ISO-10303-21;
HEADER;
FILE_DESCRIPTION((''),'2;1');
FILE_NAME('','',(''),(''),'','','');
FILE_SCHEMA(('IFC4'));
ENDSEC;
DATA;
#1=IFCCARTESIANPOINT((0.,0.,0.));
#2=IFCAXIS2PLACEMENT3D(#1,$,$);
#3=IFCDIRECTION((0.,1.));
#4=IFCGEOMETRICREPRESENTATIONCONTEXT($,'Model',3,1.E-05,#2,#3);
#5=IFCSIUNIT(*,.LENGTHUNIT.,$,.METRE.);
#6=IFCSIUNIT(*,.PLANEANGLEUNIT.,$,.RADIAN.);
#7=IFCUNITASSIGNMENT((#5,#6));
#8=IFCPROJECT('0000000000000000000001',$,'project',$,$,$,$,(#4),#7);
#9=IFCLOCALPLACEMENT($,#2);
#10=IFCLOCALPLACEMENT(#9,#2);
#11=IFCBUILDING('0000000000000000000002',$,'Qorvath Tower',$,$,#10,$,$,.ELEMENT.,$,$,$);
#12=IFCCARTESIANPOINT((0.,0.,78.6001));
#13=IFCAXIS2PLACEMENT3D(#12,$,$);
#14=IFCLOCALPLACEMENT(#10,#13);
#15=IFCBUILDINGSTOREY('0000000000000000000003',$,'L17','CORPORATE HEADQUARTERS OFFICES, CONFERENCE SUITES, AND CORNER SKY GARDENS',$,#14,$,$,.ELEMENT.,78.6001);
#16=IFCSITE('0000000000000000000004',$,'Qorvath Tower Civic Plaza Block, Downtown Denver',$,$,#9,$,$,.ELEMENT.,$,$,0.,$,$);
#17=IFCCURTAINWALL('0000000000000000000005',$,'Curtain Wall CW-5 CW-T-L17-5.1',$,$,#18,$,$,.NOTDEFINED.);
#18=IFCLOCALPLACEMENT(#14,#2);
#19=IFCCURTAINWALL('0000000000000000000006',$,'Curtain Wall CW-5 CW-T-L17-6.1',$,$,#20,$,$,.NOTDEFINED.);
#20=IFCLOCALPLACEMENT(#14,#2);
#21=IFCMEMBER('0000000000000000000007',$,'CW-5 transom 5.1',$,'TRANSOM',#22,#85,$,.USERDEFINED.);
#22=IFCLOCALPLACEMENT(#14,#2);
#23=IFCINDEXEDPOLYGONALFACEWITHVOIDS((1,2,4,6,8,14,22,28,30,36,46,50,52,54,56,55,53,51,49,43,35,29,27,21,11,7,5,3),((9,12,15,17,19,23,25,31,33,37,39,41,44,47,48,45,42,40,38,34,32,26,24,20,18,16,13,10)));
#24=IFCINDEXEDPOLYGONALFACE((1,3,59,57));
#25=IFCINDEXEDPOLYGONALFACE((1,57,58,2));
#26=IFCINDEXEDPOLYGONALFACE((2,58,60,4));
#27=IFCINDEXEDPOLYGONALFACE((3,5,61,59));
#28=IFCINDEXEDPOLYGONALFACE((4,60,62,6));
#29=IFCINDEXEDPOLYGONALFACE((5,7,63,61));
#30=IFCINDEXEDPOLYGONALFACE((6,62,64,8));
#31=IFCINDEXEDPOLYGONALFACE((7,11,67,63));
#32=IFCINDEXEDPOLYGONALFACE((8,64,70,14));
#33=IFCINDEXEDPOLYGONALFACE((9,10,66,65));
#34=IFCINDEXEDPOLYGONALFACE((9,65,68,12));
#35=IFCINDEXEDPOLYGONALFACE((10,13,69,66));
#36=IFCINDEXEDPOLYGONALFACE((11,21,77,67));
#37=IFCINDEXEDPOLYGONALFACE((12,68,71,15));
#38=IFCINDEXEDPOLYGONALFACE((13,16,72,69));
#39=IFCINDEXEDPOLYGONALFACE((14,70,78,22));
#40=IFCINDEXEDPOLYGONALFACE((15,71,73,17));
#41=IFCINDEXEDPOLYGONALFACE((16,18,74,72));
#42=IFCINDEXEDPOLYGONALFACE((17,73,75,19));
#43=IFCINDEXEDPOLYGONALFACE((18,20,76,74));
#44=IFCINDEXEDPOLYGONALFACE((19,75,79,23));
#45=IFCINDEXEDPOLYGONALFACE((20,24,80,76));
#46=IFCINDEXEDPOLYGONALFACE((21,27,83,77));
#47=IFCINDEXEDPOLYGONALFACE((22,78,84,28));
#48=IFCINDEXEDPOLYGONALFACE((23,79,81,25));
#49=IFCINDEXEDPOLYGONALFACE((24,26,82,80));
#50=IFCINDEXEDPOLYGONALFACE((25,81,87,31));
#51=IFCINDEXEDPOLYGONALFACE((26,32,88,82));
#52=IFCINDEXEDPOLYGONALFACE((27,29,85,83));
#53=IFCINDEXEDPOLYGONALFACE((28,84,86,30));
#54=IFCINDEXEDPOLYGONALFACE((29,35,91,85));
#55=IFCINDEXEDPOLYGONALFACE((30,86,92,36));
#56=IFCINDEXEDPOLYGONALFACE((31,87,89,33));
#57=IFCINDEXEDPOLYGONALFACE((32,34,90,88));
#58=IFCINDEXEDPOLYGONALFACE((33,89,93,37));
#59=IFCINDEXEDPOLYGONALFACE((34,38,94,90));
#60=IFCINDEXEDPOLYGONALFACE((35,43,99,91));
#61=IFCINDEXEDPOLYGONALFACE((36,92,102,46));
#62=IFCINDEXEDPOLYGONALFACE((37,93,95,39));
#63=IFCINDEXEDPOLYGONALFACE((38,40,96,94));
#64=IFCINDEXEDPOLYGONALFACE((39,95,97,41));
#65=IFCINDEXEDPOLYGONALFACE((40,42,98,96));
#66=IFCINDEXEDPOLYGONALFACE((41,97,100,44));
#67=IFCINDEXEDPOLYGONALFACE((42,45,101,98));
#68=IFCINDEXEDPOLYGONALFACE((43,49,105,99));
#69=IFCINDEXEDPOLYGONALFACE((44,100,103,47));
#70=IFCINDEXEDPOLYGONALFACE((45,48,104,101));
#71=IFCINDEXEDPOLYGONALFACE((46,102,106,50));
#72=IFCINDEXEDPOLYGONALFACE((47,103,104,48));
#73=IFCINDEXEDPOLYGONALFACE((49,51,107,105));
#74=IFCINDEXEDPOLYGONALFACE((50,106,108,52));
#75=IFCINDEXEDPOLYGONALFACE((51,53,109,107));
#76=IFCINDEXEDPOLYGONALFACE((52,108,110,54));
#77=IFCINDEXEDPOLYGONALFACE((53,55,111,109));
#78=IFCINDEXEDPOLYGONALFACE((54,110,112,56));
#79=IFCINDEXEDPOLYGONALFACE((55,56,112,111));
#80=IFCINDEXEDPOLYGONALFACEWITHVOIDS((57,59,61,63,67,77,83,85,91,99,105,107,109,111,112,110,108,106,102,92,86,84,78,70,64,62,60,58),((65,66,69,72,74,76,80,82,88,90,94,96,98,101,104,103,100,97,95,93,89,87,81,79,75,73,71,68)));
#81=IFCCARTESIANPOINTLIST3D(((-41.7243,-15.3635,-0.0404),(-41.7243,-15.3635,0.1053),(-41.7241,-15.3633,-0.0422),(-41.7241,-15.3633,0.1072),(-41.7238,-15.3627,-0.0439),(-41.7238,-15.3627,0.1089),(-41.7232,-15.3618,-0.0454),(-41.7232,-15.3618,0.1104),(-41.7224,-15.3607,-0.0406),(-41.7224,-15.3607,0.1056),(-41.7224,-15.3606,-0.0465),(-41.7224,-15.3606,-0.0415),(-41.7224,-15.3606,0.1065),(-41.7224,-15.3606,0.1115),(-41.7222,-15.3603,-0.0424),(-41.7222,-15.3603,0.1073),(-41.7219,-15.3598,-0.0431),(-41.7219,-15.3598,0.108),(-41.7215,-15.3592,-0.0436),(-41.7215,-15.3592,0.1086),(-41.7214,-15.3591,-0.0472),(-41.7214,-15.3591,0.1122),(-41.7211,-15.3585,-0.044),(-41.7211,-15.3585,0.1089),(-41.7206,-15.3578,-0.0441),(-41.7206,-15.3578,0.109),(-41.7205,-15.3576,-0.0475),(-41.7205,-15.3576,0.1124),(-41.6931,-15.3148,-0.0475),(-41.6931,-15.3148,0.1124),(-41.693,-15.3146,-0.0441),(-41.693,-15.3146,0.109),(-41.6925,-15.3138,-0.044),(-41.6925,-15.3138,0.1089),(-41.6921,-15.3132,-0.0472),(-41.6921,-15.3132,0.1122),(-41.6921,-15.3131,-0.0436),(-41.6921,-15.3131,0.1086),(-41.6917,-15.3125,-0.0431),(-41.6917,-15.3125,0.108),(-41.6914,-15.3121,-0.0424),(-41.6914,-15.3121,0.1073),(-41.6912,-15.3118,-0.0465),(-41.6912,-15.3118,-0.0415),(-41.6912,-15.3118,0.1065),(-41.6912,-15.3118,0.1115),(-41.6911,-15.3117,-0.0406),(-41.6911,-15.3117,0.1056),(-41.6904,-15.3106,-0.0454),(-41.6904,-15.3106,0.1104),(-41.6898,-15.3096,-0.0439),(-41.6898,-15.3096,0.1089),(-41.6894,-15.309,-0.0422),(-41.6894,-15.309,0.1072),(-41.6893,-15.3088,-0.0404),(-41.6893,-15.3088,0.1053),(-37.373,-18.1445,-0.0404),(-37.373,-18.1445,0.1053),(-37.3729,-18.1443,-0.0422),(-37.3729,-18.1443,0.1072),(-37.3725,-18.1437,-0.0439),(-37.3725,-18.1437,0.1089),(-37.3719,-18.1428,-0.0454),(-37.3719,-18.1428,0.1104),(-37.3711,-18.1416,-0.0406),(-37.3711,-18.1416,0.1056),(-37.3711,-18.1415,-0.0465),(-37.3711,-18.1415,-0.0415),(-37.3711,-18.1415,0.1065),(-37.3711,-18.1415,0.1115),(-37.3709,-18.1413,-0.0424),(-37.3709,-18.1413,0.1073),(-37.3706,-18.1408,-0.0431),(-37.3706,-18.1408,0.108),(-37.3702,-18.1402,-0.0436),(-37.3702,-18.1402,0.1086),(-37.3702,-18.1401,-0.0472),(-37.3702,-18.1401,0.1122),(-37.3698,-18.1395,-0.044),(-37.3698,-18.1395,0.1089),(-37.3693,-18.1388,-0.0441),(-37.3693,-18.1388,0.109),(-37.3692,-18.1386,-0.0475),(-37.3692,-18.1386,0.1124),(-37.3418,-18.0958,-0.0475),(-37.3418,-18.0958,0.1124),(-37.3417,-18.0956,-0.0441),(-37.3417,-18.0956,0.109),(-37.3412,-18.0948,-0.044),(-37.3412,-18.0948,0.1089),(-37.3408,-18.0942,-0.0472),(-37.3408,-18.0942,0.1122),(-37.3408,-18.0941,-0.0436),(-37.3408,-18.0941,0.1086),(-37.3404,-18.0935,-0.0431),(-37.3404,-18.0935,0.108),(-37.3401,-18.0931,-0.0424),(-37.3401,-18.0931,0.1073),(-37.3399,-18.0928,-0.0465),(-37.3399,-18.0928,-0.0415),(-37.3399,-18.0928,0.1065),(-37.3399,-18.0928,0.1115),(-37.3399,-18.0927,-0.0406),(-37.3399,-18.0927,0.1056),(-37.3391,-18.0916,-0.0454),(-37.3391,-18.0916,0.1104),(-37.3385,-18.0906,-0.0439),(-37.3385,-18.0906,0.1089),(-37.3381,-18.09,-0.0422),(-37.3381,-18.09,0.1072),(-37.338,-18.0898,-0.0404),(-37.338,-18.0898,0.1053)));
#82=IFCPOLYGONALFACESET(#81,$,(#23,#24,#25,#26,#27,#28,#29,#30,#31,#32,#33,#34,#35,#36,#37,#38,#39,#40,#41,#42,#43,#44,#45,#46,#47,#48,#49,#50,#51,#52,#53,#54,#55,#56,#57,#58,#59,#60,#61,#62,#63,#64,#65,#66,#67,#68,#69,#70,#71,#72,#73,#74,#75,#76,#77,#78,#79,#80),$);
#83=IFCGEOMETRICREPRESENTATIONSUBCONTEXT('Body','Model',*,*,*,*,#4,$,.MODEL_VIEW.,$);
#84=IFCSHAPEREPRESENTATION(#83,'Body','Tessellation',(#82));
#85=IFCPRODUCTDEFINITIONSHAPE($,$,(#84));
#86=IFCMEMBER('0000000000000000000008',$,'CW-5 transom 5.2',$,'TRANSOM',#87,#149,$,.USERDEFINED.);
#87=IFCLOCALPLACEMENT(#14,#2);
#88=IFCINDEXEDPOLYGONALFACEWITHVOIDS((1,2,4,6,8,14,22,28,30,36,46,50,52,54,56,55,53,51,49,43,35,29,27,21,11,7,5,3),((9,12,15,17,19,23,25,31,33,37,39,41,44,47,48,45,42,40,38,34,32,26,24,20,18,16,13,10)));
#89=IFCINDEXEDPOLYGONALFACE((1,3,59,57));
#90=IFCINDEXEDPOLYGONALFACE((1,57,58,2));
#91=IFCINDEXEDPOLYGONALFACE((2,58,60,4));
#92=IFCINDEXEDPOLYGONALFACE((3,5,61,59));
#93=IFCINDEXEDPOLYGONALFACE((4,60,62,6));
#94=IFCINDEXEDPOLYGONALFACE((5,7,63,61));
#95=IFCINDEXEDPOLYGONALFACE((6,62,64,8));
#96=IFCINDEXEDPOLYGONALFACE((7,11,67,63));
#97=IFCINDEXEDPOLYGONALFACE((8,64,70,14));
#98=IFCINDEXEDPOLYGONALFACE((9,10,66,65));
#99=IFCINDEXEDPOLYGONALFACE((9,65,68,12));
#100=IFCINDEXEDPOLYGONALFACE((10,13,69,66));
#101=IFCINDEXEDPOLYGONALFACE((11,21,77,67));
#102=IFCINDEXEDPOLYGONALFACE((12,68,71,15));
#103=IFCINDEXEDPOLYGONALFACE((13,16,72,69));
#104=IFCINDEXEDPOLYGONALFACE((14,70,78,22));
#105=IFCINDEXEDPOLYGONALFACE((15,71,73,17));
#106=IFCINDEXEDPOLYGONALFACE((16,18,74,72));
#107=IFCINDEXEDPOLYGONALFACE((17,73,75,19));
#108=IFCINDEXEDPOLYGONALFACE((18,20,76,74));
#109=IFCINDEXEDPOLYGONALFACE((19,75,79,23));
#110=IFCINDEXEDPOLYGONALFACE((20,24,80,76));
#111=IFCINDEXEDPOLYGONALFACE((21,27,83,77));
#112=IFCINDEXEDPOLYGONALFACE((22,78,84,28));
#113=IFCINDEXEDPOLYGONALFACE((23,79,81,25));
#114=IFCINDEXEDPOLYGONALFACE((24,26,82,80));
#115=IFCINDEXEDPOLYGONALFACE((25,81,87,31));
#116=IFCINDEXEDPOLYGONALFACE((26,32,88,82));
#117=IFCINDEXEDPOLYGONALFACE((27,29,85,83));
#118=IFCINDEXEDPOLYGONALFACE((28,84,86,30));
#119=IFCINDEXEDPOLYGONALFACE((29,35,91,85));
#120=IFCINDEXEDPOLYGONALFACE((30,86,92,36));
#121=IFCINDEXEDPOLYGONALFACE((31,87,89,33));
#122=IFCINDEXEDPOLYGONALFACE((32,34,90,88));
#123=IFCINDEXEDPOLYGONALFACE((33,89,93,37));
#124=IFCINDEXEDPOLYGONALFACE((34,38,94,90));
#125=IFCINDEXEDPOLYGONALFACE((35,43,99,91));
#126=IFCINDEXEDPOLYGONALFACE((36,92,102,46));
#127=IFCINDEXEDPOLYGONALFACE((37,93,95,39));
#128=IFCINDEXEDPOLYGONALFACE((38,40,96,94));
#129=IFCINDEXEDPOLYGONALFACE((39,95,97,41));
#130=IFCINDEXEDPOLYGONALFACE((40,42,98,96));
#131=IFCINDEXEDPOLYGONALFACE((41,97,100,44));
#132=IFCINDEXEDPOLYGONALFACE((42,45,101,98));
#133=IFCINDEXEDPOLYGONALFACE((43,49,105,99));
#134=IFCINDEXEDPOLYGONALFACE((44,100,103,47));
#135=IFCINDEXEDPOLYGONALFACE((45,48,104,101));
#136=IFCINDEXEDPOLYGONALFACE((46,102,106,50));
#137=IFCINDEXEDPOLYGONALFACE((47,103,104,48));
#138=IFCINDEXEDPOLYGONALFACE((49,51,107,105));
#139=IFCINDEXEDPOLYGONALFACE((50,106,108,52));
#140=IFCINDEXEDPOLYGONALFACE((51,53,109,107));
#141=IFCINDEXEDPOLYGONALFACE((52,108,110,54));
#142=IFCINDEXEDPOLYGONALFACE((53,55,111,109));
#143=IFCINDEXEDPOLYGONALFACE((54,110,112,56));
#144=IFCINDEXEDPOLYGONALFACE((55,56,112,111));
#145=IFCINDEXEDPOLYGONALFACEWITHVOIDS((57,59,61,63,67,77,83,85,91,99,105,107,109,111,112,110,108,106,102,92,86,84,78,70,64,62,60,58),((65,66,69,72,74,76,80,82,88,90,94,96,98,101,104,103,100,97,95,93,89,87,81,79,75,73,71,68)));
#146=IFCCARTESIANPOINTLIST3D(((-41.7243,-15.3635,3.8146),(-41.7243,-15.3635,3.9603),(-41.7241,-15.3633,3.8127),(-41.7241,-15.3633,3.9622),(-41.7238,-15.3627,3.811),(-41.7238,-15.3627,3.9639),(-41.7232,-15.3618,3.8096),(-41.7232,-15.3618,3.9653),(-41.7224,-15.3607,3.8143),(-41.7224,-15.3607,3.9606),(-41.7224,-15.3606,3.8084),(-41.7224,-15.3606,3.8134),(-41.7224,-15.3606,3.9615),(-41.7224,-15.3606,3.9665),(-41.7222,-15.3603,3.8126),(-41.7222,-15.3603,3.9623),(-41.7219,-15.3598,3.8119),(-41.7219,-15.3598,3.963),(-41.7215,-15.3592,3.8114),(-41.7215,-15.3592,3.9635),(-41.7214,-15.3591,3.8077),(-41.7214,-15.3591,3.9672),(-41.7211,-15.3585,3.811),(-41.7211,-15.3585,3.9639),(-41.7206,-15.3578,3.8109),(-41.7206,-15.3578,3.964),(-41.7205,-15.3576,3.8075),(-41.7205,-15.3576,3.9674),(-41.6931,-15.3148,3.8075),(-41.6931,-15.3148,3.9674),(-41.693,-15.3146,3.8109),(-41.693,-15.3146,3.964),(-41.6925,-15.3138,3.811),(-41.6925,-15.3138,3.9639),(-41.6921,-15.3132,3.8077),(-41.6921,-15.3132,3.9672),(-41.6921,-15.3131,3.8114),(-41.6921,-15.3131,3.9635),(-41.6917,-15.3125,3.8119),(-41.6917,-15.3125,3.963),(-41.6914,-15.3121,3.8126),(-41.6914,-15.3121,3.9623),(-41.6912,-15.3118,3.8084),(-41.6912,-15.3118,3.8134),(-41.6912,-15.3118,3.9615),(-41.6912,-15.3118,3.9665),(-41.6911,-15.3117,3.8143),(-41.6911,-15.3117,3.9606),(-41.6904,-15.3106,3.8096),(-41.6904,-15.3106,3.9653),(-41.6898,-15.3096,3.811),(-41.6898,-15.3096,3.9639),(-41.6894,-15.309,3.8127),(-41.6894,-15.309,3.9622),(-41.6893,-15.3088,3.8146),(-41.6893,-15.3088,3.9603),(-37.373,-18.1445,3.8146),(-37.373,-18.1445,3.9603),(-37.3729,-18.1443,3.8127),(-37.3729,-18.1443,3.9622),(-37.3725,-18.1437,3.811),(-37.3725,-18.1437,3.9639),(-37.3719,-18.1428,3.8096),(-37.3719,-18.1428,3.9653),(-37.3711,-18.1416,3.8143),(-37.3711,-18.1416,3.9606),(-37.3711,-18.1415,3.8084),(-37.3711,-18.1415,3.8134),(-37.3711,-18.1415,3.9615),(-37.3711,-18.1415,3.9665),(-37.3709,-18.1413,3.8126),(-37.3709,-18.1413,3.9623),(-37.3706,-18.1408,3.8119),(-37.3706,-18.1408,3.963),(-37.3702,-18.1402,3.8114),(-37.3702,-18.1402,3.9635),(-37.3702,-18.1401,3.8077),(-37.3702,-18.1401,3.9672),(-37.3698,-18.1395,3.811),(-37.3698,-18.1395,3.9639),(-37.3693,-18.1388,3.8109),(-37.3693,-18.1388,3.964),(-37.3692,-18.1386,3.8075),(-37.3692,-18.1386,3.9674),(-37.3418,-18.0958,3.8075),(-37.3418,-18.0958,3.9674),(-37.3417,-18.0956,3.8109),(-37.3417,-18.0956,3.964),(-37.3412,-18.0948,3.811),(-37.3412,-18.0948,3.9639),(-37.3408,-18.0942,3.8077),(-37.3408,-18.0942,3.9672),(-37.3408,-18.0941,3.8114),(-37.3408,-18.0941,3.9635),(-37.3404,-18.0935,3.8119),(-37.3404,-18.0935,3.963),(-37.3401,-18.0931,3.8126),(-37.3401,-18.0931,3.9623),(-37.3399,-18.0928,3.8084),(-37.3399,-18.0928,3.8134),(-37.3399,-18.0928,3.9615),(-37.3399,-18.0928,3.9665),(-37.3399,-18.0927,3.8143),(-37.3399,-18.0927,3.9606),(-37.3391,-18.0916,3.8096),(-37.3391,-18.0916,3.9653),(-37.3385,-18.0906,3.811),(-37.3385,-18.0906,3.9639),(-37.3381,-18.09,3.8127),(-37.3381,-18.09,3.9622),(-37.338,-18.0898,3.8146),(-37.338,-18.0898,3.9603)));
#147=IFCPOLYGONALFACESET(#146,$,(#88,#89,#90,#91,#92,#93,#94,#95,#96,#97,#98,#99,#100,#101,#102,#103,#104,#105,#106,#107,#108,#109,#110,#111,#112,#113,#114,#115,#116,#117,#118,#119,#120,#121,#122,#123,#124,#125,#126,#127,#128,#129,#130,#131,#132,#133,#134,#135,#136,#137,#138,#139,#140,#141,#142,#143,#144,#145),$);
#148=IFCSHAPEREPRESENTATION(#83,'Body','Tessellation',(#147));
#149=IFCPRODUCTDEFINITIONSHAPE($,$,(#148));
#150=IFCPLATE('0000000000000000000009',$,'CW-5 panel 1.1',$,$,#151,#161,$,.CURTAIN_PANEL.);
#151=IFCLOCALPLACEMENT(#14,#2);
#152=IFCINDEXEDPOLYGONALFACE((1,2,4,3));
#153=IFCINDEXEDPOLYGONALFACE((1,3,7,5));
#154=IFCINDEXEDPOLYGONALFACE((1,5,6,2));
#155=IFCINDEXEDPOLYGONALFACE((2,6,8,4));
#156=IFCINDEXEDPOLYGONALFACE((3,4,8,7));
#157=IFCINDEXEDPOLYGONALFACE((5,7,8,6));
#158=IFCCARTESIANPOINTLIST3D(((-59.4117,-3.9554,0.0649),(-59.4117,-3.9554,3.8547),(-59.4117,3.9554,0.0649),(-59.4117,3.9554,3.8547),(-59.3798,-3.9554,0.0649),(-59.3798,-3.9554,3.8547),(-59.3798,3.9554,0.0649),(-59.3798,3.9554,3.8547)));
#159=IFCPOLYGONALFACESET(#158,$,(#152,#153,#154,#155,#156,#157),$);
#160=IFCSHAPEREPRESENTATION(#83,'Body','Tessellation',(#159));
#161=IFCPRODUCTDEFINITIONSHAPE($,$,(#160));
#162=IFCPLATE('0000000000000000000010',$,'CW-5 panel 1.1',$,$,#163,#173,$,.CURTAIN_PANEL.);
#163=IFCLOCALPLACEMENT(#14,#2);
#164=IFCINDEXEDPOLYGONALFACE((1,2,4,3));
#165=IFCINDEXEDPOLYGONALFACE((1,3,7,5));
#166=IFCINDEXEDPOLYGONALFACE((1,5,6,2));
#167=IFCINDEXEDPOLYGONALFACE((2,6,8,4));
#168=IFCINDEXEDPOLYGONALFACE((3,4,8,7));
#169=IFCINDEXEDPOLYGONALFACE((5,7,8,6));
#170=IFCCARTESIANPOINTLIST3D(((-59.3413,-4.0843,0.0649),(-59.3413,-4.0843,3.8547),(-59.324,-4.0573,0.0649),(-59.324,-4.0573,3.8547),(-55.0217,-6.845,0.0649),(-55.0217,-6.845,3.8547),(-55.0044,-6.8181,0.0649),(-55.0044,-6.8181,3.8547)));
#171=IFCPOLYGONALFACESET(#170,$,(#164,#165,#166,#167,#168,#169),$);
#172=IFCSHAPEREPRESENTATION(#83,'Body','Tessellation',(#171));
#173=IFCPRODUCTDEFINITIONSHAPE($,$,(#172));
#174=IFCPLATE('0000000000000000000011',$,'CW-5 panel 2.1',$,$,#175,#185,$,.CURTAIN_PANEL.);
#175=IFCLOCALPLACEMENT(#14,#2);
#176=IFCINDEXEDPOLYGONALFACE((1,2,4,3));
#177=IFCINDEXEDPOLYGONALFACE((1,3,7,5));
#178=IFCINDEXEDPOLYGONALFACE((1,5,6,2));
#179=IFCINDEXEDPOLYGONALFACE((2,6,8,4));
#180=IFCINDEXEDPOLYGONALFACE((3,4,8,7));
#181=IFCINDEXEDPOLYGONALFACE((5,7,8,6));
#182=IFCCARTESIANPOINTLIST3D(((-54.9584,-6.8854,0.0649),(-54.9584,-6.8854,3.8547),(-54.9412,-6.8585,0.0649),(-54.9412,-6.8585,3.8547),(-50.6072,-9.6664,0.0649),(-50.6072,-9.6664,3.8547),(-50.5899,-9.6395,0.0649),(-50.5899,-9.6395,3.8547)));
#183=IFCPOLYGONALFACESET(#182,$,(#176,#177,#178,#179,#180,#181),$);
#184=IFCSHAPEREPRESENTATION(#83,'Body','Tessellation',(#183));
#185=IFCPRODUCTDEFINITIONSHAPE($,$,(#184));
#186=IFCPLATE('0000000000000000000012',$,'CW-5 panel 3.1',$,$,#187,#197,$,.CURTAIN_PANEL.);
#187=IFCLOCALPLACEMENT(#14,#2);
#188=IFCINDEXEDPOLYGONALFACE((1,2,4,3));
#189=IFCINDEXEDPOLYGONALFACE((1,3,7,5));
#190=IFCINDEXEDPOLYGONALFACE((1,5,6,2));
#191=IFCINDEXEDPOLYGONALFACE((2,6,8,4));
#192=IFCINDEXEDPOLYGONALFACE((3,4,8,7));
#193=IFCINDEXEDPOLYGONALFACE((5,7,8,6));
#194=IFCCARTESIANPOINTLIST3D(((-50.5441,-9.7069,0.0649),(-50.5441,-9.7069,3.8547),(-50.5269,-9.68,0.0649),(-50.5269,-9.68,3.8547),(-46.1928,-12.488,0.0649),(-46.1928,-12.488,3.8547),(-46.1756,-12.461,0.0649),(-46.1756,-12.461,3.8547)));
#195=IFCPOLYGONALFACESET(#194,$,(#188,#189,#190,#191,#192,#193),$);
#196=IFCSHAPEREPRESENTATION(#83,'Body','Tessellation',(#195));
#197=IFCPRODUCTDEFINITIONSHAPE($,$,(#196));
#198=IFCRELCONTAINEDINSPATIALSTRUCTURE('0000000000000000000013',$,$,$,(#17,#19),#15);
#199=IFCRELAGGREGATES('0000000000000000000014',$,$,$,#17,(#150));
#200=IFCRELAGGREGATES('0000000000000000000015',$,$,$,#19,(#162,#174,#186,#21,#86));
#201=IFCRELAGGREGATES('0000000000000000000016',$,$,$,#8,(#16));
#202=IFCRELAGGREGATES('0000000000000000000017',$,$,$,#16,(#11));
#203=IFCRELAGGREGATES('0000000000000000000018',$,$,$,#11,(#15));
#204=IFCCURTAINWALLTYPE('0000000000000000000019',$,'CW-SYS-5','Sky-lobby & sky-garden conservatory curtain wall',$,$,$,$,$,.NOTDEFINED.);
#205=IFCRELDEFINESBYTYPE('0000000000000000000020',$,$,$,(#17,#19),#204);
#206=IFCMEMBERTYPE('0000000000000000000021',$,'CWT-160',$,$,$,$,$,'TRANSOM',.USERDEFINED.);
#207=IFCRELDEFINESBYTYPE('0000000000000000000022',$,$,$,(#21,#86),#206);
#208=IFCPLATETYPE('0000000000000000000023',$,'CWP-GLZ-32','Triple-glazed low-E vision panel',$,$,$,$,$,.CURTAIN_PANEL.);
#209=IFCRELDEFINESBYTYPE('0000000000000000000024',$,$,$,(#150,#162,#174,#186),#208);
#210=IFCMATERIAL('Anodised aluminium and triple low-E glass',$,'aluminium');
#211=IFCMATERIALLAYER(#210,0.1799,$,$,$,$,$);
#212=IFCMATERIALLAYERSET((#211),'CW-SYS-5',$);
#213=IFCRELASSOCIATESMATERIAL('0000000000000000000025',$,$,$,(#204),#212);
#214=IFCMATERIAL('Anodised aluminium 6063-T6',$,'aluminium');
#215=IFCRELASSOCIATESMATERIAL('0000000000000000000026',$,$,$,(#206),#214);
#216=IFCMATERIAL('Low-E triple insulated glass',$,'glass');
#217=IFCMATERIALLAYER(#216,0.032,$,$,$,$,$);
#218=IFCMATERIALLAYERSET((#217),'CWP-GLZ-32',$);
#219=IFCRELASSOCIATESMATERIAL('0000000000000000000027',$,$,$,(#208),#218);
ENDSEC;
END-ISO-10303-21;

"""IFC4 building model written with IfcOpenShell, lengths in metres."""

from ifc_helpers import new_model, si_unit, direction, frame, origin, origin_2d, place, context, subcontext, project, spatial, rectangle, hollow_rectangle, extrude, material, layer, layer_set, material_profile, profile_set, type_object, element, aggregate, save


model = new_model("IFC4")

# Units and contexts
model_context = context("Model", 3, precision=1e-05, world=origin(), true_north=direction((0.0, 1.0)))
body_context = subcontext(model_context, "Body", "Model", "MODEL_VIEW")
ifc_project = project(units=[si_unit("LENGTHUNIT", "METRE"), si_unit("PLANEANGLEUNIT", "RADIAN")], contexts=[model_context])

# Site, building, storey
site_placement = place(None, origin())
site = spatial("IfcSite", under=ifc_project, at=site_placement, Name="Qorvath Tower Civic Plaza Block, Downtown Denver", CompositionType="ELEMENT", RefElevation=0.0)
building_placement = place(site_placement, origin())
building = spatial("IfcBuilding", under=site, at=building_placement, Name="Qorvath Tower", CompositionType="ELEMENT")
storey_placement = place(building_placement, frame((0.0, 0.0, 78.6001)))
storey = spatial("IfcBuildingStorey", under=building, at=storey_placement, Name="L17", Description="CORPORATE HEADQUARTERS OFFICES, CONFERENCE SUITES, AND CORNER SKY GARDENS", CompositionType="ELEMENT", Elevation=78.6001)

# Curtain wall
ifc_material_1 = material(Name="Anodised aluminium and triple low-E glass", Category="aluminium")
ifc_layer_1 = layer(ifc_material_1, 0.1799)
ifc_layer_set_1 = layer_set([ifc_layer_1], Name="CW-SYS-5")
curtain_wall_type = type_object("IfcCurtainWallType", Name="CW-SYS-5", Description="Sky-lobby & sky-garden conservatory curtain wall", PredefinedType="NOTDEFINED", material=ifc_layer_set_1)
curtain_wall_1_placement = place(storey_placement, origin())
curtain_wall_1 = element("IfcCurtainWall", 1, at=curtain_wall_1_placement, inside=storey, type_object=curtain_wall_type, Name="Curtain Wall CW-5 CW-T-L17-5.1", PredefinedType="NOTDEFINED")

# Curtain wall, members
curtain_wall_2_placement = place(storey_placement, origin())
curtain_wall_2 = element("IfcCurtainWall", 2, at=curtain_wall_2_placement, inside=storey, type_object=curtain_wall_type, Name="Curtain Wall CW-5 CW-T-L17-6.1", PredefinedType="NOTDEFINED")
ifc_material_2 = material(Name="Anodised aluminium 6063-T6", Category="aluminium")
ifc_material_profile_1 = material_profile(ifc_material_2, hollow_rectangle(XDim=0.0649, YDim=0.1599, WallThickness=0.0034, InnerFilletRadius=0.0034, OuterFilletRadius=0.0071, at=origin_2d()), Name="CWT 160x65")
ifc_profile_set_1 = profile_set([ifc_material_profile_1], Name="Anodised aluminium 6063-T6")
member_type_1 = type_object("IfcMemberType", Name="CWT-160", ElementType="TRANSOM", PredefinedType="USERDEFINED", material=ifc_profile_set_1)
member_1_placement = place(storey_placement, frame((-41.7068, -15.3362, 0.0325), z_axis=(0.842609, -0.538526, 0.0), x_axis=(0.538526, 0.842609, 0.0)))
member_1 = element("IfcMember", 3, at=member_1_placement, type_object=member_type_1, Name="CW-5 transom 5.1", ObjectType="TRANSOM", PredefinedType="USERDEFINED", context=body_context, shape_type="SweptSolid", body=[
    extrude(hollow_rectangle(XDim=0.0649, YDim=0.1599, WallThickness=0.0034, InnerFilletRadius=0.0034, OuterFilletRadius=0.0071, at=origin_2d()), origin(), (0.0, 0.0, 1.0), 5.1641),
])
member_2_placement = place(storey_placement, frame((-41.7068, -15.3362, 3.8875), z_axis=(0.842609, -0.538526, 0.0), x_axis=(0.538526, 0.842609, 0.0)))
member_2 = element("IfcMember", 4, at=member_2_placement, type_object=member_type_1, Name="CW-5 transom 5.2", ObjectType="TRANSOM", PredefinedType="USERDEFINED", context=body_context, shape_type="SweptSolid", body=[
    extrude(hollow_rectangle(XDim=0.0649, YDim=0.1599, WallThickness=0.0034, InnerFilletRadius=0.0034, OuterFilletRadius=0.0071, at=origin_2d()), origin(), (0.0, 0.0, 1.0), 5.1641),
])

# Plates
ifc_material_3 = material(Name="Low-E triple insulated glass", Category="glass")
ifc_layer_2 = layer(ifc_material_3, 0.032)
ifc_layer_set_2 = layer_set([ifc_layer_2], Name="CWP-GLZ-32")
plate_type = type_object("IfcPlateType", Name="CWP-GLZ-32", Description="Triple-glazed low-E vision panel", PredefinedType="CURTAIN_PANEL", material=ifc_layer_set_2)
plate_1_placement = place(storey_placement, frame((-59.3958, 0.0, 0.0649), z_axis=(0.0, 0.0, 1.0), x_axis=(0.0, -1.0, 0.0)))
plate_1 = element("IfcPlate", 5, at=plate_1_placement, type_object=plate_type, Name="CW-5 panel 1.1", PredefinedType="CURTAIN_PANEL", context=body_context, shape_type="SweptSolid", body=[
    extrude(rectangle(XDim=7.9109, YDim=0.032, at=origin_2d()), origin(), (0.0, 0.0, 1.0), 3.7898),
])
aggregate(curtain_wall_1, [plate_1])
plate_2_placement = place(storey_placement, frame((-57.1729, -5.4512, 0.0649), z_axis=(0.0, 0.0, 1.0), x_axis=(0.842604, -0.538533, 0.0)))
plate_2 = element("IfcPlate", 6, at=plate_2_placement, type_object=plate_type, Name="CW-5 panel 1.1", PredefinedType="CURTAIN_PANEL", context=body_context, shape_type="SweptSolid", body=[
    extrude(rectangle(XDim=5.1265, YDim=0.032, at=origin_2d()), origin(), (0.0, 0.0, 1.0), 3.7898),
])
plate_3_placement = place(storey_placement, frame((-52.7742, -8.2625, 0.0649), z_axis=(0.0, 0.0, 1.0), x_axis=(0.842604, -0.538533, 0.0)))
plate_3 = element("IfcPlate", 7, at=plate_3_placement, type_object=plate_type, Name="CW-5 panel 2.1", PredefinedType="CURTAIN_PANEL", context=body_context, shape_type="SweptSolid", body=[
    extrude(rectangle(XDim=5.1641, YDim=0.032, at=origin_2d()), origin(), (0.0, 0.0, 1.0), 3.7898),
])
plate_4_placement = place(storey_placement, frame((-48.3599, -11.084, 0.0649), z_axis=(0.0, 0.0, 1.0), x_axis=(0.842604, -0.538533, 0.0)))
plate_4 = element("IfcPlate", 8, at=plate_4_placement, type_object=plate_type, Name="CW-5 panel 3.1", PredefinedType="CURTAIN_PANEL", context=body_context, shape_type="SweptSolid", body=[
    extrude(rectangle(XDim=5.1641, YDim=0.032, at=origin_2d()), origin(), (0.0, 0.0, 1.0), 3.7898),
])
aggregate(curtain_wall_2, [plate_2, plate_3, plate_4, member_1, member_2])

save(model, "model.ifc")
